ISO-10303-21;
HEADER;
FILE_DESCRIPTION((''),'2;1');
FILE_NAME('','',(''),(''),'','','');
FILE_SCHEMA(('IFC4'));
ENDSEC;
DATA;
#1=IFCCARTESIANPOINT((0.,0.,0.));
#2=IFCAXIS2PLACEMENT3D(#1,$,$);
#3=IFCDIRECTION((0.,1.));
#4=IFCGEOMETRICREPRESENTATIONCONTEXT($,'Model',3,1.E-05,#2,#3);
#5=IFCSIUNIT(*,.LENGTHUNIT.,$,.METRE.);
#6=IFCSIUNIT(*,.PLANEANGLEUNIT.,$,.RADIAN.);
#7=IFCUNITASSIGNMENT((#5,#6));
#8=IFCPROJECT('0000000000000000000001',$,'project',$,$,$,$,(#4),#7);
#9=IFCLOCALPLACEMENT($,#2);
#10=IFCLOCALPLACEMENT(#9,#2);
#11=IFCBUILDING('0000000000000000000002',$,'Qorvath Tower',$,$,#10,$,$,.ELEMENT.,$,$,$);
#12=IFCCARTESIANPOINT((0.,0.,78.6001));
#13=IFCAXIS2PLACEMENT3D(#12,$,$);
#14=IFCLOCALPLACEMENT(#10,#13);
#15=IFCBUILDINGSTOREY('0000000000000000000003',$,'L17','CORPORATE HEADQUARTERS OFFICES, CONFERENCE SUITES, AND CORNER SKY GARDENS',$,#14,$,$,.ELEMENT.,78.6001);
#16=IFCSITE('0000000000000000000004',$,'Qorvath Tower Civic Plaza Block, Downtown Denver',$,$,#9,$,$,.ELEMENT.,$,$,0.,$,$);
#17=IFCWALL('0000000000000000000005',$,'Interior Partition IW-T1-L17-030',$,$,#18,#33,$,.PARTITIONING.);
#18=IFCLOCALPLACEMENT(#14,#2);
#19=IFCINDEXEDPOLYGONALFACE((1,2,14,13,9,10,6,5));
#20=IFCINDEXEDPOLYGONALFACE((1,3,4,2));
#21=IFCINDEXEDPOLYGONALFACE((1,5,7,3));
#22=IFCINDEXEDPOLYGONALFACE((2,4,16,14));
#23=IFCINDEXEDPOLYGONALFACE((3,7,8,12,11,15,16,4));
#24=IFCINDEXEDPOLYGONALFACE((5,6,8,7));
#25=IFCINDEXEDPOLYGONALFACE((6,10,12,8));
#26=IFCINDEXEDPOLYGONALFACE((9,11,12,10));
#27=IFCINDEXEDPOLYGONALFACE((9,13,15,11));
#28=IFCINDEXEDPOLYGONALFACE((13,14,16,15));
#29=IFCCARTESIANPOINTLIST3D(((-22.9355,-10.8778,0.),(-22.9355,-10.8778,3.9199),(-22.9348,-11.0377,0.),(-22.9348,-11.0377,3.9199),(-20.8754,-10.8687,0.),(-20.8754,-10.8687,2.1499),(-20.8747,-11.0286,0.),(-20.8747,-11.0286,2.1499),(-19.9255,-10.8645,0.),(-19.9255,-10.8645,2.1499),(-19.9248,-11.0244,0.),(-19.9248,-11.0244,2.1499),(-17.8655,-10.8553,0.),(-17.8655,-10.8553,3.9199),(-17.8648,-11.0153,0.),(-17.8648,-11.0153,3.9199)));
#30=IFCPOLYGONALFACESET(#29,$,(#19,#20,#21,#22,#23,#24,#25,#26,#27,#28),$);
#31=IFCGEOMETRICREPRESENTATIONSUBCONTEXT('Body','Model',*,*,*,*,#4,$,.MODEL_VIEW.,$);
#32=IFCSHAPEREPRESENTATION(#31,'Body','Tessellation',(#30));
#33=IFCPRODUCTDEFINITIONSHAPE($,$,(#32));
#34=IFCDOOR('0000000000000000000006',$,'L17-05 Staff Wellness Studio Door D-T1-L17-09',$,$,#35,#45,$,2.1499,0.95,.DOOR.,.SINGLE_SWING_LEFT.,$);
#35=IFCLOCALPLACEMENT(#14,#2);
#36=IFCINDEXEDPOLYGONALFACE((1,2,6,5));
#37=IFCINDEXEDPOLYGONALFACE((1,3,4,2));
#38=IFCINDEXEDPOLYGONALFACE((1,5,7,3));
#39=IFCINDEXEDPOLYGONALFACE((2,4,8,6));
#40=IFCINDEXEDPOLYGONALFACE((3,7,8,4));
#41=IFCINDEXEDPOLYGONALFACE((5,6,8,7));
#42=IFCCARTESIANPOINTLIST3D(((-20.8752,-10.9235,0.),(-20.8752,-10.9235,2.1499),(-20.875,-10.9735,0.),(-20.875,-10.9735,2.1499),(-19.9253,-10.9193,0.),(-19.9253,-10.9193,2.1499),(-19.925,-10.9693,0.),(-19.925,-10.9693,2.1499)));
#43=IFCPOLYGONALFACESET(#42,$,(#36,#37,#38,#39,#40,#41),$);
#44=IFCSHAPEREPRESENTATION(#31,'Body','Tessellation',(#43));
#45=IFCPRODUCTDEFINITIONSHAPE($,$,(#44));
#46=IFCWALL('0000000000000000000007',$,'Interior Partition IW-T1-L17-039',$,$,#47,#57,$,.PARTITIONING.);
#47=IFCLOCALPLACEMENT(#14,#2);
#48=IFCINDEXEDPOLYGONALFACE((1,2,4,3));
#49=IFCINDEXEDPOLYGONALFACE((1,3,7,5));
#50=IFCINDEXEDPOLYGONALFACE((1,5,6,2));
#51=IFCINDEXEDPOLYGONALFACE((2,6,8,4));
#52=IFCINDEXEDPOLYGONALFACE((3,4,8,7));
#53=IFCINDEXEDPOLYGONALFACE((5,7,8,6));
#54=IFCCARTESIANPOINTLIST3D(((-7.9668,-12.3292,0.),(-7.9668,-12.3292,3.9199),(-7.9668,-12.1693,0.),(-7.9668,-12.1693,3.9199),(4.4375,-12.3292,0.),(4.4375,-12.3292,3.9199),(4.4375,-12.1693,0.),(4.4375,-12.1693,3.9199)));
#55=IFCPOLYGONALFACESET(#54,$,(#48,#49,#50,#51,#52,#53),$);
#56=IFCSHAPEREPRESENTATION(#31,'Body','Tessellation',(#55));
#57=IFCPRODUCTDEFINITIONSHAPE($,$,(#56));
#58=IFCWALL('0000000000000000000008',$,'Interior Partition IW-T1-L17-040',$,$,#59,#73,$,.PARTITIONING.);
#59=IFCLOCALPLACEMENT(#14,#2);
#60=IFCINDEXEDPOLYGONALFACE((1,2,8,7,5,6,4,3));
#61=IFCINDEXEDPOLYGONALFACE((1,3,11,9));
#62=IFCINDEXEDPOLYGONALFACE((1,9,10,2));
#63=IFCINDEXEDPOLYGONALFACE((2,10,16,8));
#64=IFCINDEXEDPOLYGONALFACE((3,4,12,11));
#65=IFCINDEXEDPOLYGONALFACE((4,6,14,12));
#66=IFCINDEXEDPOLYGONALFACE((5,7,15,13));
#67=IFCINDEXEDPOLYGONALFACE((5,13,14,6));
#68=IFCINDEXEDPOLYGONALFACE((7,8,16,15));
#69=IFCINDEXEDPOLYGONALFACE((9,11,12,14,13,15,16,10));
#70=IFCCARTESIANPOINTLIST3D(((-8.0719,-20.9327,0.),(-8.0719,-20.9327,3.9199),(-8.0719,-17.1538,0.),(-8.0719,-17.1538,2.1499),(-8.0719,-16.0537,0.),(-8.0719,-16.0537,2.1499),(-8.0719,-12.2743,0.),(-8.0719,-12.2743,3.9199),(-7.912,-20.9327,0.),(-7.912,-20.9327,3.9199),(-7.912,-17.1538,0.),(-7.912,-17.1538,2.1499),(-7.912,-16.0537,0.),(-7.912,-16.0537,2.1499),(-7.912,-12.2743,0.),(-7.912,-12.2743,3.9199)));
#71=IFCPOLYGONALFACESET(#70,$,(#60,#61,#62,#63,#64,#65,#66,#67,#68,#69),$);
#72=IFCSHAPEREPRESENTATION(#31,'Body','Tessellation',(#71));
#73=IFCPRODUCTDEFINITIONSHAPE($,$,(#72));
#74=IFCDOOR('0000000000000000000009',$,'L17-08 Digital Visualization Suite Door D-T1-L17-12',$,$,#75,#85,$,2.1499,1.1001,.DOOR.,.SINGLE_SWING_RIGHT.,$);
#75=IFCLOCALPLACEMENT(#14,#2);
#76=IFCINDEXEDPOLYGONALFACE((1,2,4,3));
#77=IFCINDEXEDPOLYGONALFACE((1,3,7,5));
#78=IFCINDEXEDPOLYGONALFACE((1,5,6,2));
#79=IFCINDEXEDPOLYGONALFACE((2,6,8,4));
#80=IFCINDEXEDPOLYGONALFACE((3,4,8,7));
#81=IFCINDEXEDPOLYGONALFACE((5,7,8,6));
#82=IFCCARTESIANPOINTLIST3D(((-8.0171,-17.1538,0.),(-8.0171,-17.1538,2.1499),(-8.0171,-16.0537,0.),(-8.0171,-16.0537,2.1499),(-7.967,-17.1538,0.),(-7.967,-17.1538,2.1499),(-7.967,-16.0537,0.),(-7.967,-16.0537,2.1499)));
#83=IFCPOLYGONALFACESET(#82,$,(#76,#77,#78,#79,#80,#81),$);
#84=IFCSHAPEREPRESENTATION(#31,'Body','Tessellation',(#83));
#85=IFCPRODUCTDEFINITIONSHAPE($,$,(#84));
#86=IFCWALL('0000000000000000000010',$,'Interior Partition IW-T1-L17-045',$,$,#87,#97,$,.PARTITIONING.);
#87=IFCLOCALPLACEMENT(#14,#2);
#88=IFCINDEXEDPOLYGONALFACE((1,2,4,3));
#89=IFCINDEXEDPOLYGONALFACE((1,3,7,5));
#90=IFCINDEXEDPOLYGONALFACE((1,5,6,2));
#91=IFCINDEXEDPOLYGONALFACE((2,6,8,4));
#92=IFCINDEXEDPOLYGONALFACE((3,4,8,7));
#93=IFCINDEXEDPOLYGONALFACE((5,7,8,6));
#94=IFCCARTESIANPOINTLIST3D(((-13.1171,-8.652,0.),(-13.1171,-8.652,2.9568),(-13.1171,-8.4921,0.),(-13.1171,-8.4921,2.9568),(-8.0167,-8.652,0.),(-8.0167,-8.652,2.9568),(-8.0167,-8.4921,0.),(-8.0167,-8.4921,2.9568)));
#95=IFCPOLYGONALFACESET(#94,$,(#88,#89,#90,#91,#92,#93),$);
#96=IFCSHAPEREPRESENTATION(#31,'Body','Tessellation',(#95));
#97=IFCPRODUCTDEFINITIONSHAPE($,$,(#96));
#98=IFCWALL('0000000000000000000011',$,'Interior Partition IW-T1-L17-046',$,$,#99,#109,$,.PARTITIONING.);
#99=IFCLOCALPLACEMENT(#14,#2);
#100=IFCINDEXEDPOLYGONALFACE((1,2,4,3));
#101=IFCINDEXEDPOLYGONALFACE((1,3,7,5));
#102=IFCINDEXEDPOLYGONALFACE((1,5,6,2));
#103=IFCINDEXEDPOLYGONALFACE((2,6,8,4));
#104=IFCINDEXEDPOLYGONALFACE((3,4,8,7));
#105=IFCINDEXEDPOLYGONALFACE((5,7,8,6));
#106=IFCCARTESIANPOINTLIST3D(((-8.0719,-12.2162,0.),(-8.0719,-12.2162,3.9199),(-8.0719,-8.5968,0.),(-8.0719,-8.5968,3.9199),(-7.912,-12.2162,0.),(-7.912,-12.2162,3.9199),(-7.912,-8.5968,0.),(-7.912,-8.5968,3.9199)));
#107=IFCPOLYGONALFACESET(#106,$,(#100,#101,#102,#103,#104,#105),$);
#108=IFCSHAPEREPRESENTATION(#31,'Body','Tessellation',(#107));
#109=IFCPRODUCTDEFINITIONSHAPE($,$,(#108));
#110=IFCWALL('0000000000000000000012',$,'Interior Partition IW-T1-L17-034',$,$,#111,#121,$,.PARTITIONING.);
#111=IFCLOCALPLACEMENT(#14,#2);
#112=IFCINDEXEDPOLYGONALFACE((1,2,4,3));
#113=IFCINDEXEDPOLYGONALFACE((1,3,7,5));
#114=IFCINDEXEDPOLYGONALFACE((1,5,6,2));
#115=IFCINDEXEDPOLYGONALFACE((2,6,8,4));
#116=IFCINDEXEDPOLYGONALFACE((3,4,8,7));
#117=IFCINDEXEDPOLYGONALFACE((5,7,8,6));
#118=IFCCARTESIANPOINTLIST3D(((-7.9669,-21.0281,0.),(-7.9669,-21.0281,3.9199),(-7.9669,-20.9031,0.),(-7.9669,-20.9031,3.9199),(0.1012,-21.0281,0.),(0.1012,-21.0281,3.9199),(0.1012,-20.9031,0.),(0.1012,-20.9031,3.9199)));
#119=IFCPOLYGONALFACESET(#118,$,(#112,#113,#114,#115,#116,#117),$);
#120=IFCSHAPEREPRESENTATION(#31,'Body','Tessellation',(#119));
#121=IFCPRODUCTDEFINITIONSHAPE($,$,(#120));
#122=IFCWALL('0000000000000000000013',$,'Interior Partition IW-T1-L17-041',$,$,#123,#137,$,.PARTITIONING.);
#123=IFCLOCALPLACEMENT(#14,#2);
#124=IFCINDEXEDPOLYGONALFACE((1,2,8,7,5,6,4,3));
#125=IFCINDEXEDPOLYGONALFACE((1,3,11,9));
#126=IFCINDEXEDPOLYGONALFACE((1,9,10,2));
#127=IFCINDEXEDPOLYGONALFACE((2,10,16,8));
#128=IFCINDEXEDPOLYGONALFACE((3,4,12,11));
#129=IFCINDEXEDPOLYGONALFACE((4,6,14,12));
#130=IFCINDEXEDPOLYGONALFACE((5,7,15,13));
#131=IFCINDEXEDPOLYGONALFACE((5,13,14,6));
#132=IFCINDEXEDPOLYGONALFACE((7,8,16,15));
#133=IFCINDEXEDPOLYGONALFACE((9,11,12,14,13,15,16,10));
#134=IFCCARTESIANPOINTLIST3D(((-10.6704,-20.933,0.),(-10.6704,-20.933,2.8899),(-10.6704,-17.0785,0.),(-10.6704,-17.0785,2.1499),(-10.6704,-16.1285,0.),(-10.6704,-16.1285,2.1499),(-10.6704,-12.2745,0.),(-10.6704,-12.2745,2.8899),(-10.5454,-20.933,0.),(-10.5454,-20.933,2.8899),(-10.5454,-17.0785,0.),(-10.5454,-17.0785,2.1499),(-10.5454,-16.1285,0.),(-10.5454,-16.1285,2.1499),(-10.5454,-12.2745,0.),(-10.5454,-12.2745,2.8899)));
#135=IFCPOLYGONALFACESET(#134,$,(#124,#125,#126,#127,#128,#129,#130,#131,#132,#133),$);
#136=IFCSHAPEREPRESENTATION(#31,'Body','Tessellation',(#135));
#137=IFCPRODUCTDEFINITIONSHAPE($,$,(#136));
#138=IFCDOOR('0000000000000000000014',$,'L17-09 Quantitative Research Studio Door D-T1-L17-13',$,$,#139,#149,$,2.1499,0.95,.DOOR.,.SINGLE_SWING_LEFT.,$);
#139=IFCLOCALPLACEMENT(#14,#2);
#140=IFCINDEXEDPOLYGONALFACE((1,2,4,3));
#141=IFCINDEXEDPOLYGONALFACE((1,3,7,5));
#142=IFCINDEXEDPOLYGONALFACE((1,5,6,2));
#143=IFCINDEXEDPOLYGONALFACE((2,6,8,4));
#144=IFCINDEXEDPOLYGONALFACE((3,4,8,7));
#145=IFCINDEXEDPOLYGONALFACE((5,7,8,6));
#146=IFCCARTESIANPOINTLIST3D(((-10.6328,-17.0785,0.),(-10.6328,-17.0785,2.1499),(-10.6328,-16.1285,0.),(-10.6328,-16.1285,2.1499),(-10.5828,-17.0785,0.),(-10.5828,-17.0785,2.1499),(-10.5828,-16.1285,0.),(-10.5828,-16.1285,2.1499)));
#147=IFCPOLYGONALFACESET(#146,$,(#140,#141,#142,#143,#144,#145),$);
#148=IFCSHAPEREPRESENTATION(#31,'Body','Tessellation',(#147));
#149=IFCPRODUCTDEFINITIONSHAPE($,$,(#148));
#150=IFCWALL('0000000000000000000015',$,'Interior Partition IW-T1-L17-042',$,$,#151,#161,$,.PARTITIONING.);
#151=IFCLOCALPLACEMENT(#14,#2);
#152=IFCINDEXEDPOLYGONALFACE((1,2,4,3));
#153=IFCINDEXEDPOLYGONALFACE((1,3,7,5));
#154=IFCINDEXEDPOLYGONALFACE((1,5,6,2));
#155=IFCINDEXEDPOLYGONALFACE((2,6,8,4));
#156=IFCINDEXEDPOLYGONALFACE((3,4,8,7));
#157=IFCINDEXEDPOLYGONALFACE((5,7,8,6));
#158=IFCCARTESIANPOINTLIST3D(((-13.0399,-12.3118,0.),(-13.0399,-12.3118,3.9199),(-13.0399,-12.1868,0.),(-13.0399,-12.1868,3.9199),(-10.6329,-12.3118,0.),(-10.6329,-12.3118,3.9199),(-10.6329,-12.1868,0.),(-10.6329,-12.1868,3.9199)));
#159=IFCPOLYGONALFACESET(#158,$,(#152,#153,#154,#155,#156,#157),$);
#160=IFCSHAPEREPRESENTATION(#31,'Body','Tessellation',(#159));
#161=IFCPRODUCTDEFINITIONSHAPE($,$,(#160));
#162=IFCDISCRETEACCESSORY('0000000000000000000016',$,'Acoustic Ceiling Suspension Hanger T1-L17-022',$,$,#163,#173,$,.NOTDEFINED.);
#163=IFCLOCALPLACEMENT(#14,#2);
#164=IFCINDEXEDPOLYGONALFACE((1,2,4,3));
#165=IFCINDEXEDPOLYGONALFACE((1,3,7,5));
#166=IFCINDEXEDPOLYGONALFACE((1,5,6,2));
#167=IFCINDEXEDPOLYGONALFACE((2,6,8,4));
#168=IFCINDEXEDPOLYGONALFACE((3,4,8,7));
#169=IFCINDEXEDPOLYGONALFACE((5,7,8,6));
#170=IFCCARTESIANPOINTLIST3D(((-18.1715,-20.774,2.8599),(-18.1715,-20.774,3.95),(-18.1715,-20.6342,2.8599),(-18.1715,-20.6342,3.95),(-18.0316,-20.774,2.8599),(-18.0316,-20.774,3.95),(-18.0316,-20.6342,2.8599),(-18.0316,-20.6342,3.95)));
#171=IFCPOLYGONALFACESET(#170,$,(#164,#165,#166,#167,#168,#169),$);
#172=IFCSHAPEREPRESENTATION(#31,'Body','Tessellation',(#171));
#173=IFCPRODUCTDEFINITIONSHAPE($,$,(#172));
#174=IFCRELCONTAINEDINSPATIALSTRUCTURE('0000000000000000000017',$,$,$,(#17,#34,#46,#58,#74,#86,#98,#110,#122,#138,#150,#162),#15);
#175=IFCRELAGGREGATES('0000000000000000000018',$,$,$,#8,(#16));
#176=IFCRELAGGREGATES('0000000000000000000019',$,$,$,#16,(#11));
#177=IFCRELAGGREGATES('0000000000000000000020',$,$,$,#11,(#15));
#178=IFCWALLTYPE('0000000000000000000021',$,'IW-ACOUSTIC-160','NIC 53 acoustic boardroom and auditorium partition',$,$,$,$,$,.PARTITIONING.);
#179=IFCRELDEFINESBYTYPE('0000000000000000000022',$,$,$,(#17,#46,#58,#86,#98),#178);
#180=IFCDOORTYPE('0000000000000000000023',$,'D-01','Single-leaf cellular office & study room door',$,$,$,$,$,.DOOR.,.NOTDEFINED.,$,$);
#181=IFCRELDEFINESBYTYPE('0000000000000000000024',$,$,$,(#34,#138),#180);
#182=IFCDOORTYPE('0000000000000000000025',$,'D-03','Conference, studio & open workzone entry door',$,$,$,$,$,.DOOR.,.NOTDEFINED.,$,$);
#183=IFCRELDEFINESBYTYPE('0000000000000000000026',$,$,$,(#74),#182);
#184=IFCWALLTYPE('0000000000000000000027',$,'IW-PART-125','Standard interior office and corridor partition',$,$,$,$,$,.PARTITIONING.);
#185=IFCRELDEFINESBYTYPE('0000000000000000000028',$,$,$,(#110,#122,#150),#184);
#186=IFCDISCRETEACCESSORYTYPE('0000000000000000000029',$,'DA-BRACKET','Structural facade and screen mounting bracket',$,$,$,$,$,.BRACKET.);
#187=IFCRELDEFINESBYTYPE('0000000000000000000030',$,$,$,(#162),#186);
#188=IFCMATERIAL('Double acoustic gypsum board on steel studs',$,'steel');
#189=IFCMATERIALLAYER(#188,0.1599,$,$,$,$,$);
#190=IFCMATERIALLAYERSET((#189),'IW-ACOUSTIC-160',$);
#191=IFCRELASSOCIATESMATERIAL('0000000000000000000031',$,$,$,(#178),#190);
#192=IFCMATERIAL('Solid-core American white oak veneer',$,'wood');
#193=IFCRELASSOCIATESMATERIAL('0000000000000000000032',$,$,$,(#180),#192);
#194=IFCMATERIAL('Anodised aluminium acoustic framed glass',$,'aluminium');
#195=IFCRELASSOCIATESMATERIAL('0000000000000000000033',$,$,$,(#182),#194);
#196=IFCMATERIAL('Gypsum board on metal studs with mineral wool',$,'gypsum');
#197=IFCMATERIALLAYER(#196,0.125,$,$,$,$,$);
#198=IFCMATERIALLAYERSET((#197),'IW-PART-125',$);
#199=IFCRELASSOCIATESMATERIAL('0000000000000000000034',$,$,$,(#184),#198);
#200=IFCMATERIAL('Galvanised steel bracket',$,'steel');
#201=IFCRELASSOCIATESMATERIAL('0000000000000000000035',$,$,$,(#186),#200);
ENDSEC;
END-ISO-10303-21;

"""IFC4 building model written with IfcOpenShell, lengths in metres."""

from ifc_helpers import new_model, si_unit, direction, frame, frame_2d, origin, origin_2d, place, context, subcontext, project, spatial, rectangle, extrude, material, layer, layer_set, type_object, element, fill, save


model = new_model("IFC4")

# Units and contexts
model_context = context("Model", 3, precision=1e-05, world=origin(), true_north=direction((0.0, 1.0)))
body_context = subcontext(model_context, "Body", "Model", "MODEL_VIEW")
ifc_project = project(units=[si_unit("LENGTHUNIT", "METRE"), si_unit("PLANEANGLEUNIT", "RADIAN")], contexts=[model_context])

# Site, building, storey
site_placement = place(None, origin())
site = spatial("IfcSite", under=ifc_project, at=site_placement, Name="Qorvath Tower Civic Plaza Block, Downtown Denver", CompositionType="ELEMENT", RefElevation=0.0)
building_placement = place(site_placement, origin())
building = spatial("IfcBuilding", under=site, at=building_placement, Name="Qorvath Tower", CompositionType="ELEMENT")
storey_placement = place(building_placement, frame((0.0, 0.0, 78.6001)))
storey = spatial("IfcBuildingStorey", under=building, at=storey_placement, Name="L17", Description="CORPORATE HEADQUARTERS OFFICES, CONFERENCE SUITES, AND CORNER SKY GARDENS", CompositionType="ELEMENT", Elevation=78.6001)

# Wall, opening, door
ifc_material_1 = material(Name="Double acoustic gypsum board on steel studs", Category="steel")
ifc_layer_1 = layer(ifc_material_1, 0.1599)
ifc_layer_set_1 = layer_set([ifc_layer_1], Name="IW-ACOUSTIC-160")
wall_type_1 = type_object("IfcWallType", Name="IW-ACOUSTIC-160", Description="NIC 53 acoustic boardroom and auditorium partition", PredefinedType="PARTITIONING", material=ifc_layer_set_1)
wall_1_placement = place(storey_placement, frame((-17.865, -10.9353, 0.0), z_axis=(0.0, 0.0, 1.0), x_axis=(-0.99999, -0.00443, 0.0)))
wall_1 = element("IfcWall", 1, at=wall_1_placement, inside=storey, type_object=wall_type_1, Name="Interior Partition IW-T1-L17-030", PredefinedType="PARTITIONING", context=body_context, shape_type="SweptSolid", body=[
    extrude(rectangle(XDim=5.0701, YDim=0.1599, at=frame_2d((2.5352, 0.0))), origin(), (0.0, 0.0, 1.0), 3.9199),
])
opening_1_placement = place(wall_1_placement, frame((2.0601, 0.0, 0.0)))
opening_1 = element("IfcOpeningElement", 2, at=opening_1_placement, cuts=wall_1, PredefinedType="OPENING", context=body_context, shape_type="SweptSolid", body=[
    extrude(rectangle(XDim=0.95, YDim=2.1499, at=frame_2d((0.4751, 1.075))), frame((0.0, 0.0898, 0.0), z_axis=(0.0, -1.0, 0.0), x_axis=(1.0, 0.0, 0.0)), (0.0, 0.0, 1.0), 0.1799),
])
ifc_material_2 = material(Name="Solid-core American white oak veneer", Category="wood")
door_type_1 = type_object("IfcDoorType", Name="D-01", Description="Single-leaf cellular office & study room door", OperationType="NOTDEFINED", PredefinedType="DOOR", material=ifc_material_2)
door_1_placement = place(opening_1_placement, origin())
door_1 = element("IfcDoor", 3, at=door_1_placement, inside=storey, type_object=door_type_1, Name="L17-05 Staff Wellness Studio Door D-T1-L17-09", OperationType="SINGLE_SWING_LEFT", OverallHeight=2.1499, OverallWidth=0.95, PredefinedType="DOOR", context=body_context, shape_type="SweptSolid", body=[
    extrude(rectangle(XDim=0.95, YDim=2.1499, at=frame_2d((0.4751, 1.075))), frame((0.0, 0.0249, 0.0), z_axis=(0.0, -1.0, 0.0), x_axis=(1.0, 0.0, 0.0)), (0.0, 0.0, 1.0), 0.05),
])
fill(opening_1, door_1)

# Wall
wall_2_placement = place(storey_placement, frame((4.4375, -12.2493, 0.0), z_axis=(0.0, 0.0, 1.0), x_axis=(-1.0, 0.0, 0.0)))
element("IfcWall", 4, at=wall_2_placement, inside=storey, type_object=wall_type_1, Name="Interior Partition IW-T1-L17-039", PredefinedType="PARTITIONING", context=body_context, shape_type="SweptSolid", body=[
    extrude(rectangle(XDim=12.4043, YDim=0.1599, at=frame_2d((6.2021, 0.0))), origin(), (0.0, 0.0, 1.0), 3.9199),
])

# Wall, opening, door
wall_3_placement = place(storey_placement, frame((-7.9919, -12.2744, 0.0), z_axis=(0.0, 0.0, 1.0), x_axis=(0.0, -1.0, 0.0)))
wall_3 = element("IfcWall", 5, at=wall_3_placement, inside=storey, type_object=wall_type_1, Name="Interior Partition IW-T1-L17-040", PredefinedType="PARTITIONING", context=body_context, shape_type="SweptSolid", body=[
    extrude(rectangle(XDim=8.6584, YDim=0.1599, at=frame_2d((4.3291, 0.0))), origin(), (0.0, 0.0, 1.0), 3.9199),
])
opening_2_placement = place(wall_3_placement, frame((3.7793, 0.0, 0.0)))
opening_2 = element("IfcOpeningElement", 6, at=opening_2_placement, cuts=wall_3, PredefinedType="OPENING", context=body_context, shape_type="SweptSolid", body=[
    extrude(rectangle(XDim=1.1001, YDim=2.1499, at=frame_2d((0.55, 1.075))), frame((0.0, 0.0898, 0.0), z_axis=(0.0, -1.0, 0.0), x_axis=(1.0, 0.0, 0.0)), (0.0, 0.0, 1.0), 0.1799),
])
ifc_material_3 = material(Name="Anodised aluminium acoustic framed glass", Category="aluminium")
door_type_2 = type_object("IfcDoorType", Name="D-03", Description="Conference, studio & open workzone entry door", OperationType="NOTDEFINED", PredefinedType="DOOR", material=ifc_material_3)
door_2_placement = place(opening_2_placement, origin())
door_2 = element("IfcDoor", 7, at=door_2_placement, inside=storey, type_object=door_type_2, Name="L17-08 Digital Visualization Suite Door D-T1-L17-12", OperationType="SINGLE_SWING_RIGHT", OverallHeight=2.1499, OverallWidth=1.1001, PredefinedType="DOOR", context=body_context, shape_type="SweptSolid", body=[
    extrude(rectangle(XDim=1.1001, YDim=2.1499, at=frame_2d((0.55, 1.075))), frame((0.0, 0.0249, 0.0), z_axis=(0.0, -1.0, 0.0), x_axis=(1.0, 0.0, 0.0)), (0.0, 0.0, 1.0), 0.05),
])
fill(opening_2, door_2)

# Walls
wall_4_placement = place(storey_placement, frame((-13.1172, -8.572, 0.0), z_axis=(0.0, 0.0, 1.0), x_axis=(1.0, 0.0, 0.0)))
element("IfcWall", 8, at=wall_4_placement, inside=storey, type_object=wall_type_1, Name="Interior Partition IW-T1-L17-045", PredefinedType="PARTITIONING", context=body_context, shape_type="SweptSolid", body=[
    extrude(rectangle(XDim=5.1003, YDim=0.1599, at=frame_2d((2.5503, 0.0))), origin(), (0.0, 0.0, 1.0), 2.9568),
])
wall_5_placement = place(storey_placement, frame((-7.9919, -8.5969, 0.0), z_axis=(0.0, 0.0, 1.0), x_axis=(0.0, -1.0, 0.0)))
element("IfcWall", 9, at=wall_5_placement, inside=storey, type_object=wall_type_1, Name="Interior Partition IW-T1-L17-046", PredefinedType="PARTITIONING", context=body_context, shape_type="SweptSolid", body=[
    extrude(rectangle(XDim=3.6194, YDim=0.1599, at=frame_2d((1.8096, 0.0))), origin(), (0.0, 0.0, 1.0), 3.9199),
])

# Shared definitions
ifc_material_4 = material(Name="Gypsum board on metal studs with mineral wool", Category="gypsum")
ifc_layer_2 = layer(ifc_material_4, 0.125)
ifc_layer_set_2 = layer_set([ifc_layer_2], Name="IW-PART-125")
wall_type_2 = type_object("IfcWallType", Name="IW-PART-125", Description="Standard interior office and corridor partition", PredefinedType="PARTITIONING", material=ifc_layer_set_2)

# Wall
wall_6_placement = place(storey_placement, frame((0.1013, -20.9656, 0.0), z_axis=(0.0, 0.0, 1.0), x_axis=(-1.0, 0.0, 0.0)))
element("IfcWall", 10, at=wall_6_placement, inside=storey, type_object=wall_type_2, Name="Interior Partition IW-T1-L17-034", PredefinedType="PARTITIONING", context=body_context, shape_type="SweptSolid", body=[
    extrude(rectangle(XDim=8.0681, YDim=0.125, at=frame_2d((4.0342, 0.0))), origin(), (0.0, 0.0, 1.0), 3.9199),
])

# Wall, opening, door
wall_7_placement = place(storey_placement, frame((-10.6079, -20.9329, 0.0), z_axis=(0.0, 0.0, 1.0), x_axis=(0.0, 1.0, 0.0)))
wall_7 = element("IfcWall", 11, at=wall_7_placement, inside=storey, type_object=wall_type_2, Name="Interior Partition IW-T1-L17-041", PredefinedType="PARTITIONING", context=body_context, shape_type="SweptSolid", body=[
    extrude(rectangle(XDim=8.6584, YDim=0.125, at=frame_2d((4.3291, 0.0))), origin(), (0.0, 0.0, 1.0), 2.8899),
])
opening_3_placement = place(wall_7_placement, frame((3.8542, 0.0, 0.0)))
opening_3 = element("IfcOpeningElement", 12, at=opening_3_placement, cuts=wall_7, PredefinedType="OPENING", context=body_context, shape_type="SweptSolid", body=[
    extrude(rectangle(XDim=0.95, YDim=2.1499, at=frame_2d((0.4751, 1.075))), frame((0.0, 0.0725, 0.0), z_axis=(0.0, -1.0, 0.0), x_axis=(1.0, 0.0, 0.0)), (0.0, 0.0, 1.0), 0.145),
])
door_3_placement = place(opening_3_placement, origin())
door_3 = element("IfcDoor", 13, at=door_3_placement, inside=storey, type_object=door_type_1, Name="L17-09 Quantitative Research Studio Door D-T1-L17-13", OperationType="SINGLE_SWING_LEFT", OverallHeight=2.1499, OverallWidth=0.95, PredefinedType="DOOR", context=body_context, shape_type="SweptSolid", body=[
    extrude(rectangle(XDim=0.95, YDim=2.1499, at=frame_2d((0.4751, 1.075))), frame((0.0, 0.0249, 0.0), z_axis=(0.0, -1.0, 0.0), x_axis=(1.0, 0.0, 0.0)), (0.0, 0.0, 1.0), 0.05),
])
fill(opening_3, door_3)

# Wall
wall_8_placement = place(storey_placement, frame((-10.6328, -12.2493, 0.0), z_axis=(0.0, 0.0, 1.0), x_axis=(-1.0, 0.0, 0.0)))
element("IfcWall", 14, at=wall_8_placement, inside=storey, type_object=wall_type_2, Name="Interior Partition IW-T1-L17-042", PredefinedType="PARTITIONING", context=body_context, shape_type="SweptSolid", body=[
    extrude(rectangle(XDim=2.407, YDim=0.125, at=frame_2d((1.2036, 0.0))), origin(), (0.0, 0.0, 1.0), 3.9199),
])

# Discrete accessory
ifc_material_5 = material(Name="Galvanised steel bracket", Category="steel")
discrete_accessory_type = type_object("IfcDiscreteAccessoryType", Name="DA-BRACKET", Description="Structural facade and screen mounting bracket", PredefinedType="BRACKET", material=ifc_material_5)
for number, where, z_axis, x_axis, name in (
    (15, (-18.1016, -20.7041, 2.8599), (0.0, 0.0, 1.0), (1.0, 0.0, 0.0), "Acoustic Ceiling Suspension Hanger T1-L17-022"),
):
    element("IfcDiscreteAccessory", number, at=place(storey_placement, frame(where, z_axis=z_axis, x_axis=x_axis)), inside=storey, type_object=discrete_accessory_type, Name=name, PredefinedType="NOTDEFINED", context=body_context, shape_type="SweptSolid", body=[
        extrude(rectangle(XDim=0.1399, YDim=0.1399, at=origin_2d()), origin(), (0.0, 0.0, 1.0), 1.0901),
    ])

save(model, "model.ifc")
